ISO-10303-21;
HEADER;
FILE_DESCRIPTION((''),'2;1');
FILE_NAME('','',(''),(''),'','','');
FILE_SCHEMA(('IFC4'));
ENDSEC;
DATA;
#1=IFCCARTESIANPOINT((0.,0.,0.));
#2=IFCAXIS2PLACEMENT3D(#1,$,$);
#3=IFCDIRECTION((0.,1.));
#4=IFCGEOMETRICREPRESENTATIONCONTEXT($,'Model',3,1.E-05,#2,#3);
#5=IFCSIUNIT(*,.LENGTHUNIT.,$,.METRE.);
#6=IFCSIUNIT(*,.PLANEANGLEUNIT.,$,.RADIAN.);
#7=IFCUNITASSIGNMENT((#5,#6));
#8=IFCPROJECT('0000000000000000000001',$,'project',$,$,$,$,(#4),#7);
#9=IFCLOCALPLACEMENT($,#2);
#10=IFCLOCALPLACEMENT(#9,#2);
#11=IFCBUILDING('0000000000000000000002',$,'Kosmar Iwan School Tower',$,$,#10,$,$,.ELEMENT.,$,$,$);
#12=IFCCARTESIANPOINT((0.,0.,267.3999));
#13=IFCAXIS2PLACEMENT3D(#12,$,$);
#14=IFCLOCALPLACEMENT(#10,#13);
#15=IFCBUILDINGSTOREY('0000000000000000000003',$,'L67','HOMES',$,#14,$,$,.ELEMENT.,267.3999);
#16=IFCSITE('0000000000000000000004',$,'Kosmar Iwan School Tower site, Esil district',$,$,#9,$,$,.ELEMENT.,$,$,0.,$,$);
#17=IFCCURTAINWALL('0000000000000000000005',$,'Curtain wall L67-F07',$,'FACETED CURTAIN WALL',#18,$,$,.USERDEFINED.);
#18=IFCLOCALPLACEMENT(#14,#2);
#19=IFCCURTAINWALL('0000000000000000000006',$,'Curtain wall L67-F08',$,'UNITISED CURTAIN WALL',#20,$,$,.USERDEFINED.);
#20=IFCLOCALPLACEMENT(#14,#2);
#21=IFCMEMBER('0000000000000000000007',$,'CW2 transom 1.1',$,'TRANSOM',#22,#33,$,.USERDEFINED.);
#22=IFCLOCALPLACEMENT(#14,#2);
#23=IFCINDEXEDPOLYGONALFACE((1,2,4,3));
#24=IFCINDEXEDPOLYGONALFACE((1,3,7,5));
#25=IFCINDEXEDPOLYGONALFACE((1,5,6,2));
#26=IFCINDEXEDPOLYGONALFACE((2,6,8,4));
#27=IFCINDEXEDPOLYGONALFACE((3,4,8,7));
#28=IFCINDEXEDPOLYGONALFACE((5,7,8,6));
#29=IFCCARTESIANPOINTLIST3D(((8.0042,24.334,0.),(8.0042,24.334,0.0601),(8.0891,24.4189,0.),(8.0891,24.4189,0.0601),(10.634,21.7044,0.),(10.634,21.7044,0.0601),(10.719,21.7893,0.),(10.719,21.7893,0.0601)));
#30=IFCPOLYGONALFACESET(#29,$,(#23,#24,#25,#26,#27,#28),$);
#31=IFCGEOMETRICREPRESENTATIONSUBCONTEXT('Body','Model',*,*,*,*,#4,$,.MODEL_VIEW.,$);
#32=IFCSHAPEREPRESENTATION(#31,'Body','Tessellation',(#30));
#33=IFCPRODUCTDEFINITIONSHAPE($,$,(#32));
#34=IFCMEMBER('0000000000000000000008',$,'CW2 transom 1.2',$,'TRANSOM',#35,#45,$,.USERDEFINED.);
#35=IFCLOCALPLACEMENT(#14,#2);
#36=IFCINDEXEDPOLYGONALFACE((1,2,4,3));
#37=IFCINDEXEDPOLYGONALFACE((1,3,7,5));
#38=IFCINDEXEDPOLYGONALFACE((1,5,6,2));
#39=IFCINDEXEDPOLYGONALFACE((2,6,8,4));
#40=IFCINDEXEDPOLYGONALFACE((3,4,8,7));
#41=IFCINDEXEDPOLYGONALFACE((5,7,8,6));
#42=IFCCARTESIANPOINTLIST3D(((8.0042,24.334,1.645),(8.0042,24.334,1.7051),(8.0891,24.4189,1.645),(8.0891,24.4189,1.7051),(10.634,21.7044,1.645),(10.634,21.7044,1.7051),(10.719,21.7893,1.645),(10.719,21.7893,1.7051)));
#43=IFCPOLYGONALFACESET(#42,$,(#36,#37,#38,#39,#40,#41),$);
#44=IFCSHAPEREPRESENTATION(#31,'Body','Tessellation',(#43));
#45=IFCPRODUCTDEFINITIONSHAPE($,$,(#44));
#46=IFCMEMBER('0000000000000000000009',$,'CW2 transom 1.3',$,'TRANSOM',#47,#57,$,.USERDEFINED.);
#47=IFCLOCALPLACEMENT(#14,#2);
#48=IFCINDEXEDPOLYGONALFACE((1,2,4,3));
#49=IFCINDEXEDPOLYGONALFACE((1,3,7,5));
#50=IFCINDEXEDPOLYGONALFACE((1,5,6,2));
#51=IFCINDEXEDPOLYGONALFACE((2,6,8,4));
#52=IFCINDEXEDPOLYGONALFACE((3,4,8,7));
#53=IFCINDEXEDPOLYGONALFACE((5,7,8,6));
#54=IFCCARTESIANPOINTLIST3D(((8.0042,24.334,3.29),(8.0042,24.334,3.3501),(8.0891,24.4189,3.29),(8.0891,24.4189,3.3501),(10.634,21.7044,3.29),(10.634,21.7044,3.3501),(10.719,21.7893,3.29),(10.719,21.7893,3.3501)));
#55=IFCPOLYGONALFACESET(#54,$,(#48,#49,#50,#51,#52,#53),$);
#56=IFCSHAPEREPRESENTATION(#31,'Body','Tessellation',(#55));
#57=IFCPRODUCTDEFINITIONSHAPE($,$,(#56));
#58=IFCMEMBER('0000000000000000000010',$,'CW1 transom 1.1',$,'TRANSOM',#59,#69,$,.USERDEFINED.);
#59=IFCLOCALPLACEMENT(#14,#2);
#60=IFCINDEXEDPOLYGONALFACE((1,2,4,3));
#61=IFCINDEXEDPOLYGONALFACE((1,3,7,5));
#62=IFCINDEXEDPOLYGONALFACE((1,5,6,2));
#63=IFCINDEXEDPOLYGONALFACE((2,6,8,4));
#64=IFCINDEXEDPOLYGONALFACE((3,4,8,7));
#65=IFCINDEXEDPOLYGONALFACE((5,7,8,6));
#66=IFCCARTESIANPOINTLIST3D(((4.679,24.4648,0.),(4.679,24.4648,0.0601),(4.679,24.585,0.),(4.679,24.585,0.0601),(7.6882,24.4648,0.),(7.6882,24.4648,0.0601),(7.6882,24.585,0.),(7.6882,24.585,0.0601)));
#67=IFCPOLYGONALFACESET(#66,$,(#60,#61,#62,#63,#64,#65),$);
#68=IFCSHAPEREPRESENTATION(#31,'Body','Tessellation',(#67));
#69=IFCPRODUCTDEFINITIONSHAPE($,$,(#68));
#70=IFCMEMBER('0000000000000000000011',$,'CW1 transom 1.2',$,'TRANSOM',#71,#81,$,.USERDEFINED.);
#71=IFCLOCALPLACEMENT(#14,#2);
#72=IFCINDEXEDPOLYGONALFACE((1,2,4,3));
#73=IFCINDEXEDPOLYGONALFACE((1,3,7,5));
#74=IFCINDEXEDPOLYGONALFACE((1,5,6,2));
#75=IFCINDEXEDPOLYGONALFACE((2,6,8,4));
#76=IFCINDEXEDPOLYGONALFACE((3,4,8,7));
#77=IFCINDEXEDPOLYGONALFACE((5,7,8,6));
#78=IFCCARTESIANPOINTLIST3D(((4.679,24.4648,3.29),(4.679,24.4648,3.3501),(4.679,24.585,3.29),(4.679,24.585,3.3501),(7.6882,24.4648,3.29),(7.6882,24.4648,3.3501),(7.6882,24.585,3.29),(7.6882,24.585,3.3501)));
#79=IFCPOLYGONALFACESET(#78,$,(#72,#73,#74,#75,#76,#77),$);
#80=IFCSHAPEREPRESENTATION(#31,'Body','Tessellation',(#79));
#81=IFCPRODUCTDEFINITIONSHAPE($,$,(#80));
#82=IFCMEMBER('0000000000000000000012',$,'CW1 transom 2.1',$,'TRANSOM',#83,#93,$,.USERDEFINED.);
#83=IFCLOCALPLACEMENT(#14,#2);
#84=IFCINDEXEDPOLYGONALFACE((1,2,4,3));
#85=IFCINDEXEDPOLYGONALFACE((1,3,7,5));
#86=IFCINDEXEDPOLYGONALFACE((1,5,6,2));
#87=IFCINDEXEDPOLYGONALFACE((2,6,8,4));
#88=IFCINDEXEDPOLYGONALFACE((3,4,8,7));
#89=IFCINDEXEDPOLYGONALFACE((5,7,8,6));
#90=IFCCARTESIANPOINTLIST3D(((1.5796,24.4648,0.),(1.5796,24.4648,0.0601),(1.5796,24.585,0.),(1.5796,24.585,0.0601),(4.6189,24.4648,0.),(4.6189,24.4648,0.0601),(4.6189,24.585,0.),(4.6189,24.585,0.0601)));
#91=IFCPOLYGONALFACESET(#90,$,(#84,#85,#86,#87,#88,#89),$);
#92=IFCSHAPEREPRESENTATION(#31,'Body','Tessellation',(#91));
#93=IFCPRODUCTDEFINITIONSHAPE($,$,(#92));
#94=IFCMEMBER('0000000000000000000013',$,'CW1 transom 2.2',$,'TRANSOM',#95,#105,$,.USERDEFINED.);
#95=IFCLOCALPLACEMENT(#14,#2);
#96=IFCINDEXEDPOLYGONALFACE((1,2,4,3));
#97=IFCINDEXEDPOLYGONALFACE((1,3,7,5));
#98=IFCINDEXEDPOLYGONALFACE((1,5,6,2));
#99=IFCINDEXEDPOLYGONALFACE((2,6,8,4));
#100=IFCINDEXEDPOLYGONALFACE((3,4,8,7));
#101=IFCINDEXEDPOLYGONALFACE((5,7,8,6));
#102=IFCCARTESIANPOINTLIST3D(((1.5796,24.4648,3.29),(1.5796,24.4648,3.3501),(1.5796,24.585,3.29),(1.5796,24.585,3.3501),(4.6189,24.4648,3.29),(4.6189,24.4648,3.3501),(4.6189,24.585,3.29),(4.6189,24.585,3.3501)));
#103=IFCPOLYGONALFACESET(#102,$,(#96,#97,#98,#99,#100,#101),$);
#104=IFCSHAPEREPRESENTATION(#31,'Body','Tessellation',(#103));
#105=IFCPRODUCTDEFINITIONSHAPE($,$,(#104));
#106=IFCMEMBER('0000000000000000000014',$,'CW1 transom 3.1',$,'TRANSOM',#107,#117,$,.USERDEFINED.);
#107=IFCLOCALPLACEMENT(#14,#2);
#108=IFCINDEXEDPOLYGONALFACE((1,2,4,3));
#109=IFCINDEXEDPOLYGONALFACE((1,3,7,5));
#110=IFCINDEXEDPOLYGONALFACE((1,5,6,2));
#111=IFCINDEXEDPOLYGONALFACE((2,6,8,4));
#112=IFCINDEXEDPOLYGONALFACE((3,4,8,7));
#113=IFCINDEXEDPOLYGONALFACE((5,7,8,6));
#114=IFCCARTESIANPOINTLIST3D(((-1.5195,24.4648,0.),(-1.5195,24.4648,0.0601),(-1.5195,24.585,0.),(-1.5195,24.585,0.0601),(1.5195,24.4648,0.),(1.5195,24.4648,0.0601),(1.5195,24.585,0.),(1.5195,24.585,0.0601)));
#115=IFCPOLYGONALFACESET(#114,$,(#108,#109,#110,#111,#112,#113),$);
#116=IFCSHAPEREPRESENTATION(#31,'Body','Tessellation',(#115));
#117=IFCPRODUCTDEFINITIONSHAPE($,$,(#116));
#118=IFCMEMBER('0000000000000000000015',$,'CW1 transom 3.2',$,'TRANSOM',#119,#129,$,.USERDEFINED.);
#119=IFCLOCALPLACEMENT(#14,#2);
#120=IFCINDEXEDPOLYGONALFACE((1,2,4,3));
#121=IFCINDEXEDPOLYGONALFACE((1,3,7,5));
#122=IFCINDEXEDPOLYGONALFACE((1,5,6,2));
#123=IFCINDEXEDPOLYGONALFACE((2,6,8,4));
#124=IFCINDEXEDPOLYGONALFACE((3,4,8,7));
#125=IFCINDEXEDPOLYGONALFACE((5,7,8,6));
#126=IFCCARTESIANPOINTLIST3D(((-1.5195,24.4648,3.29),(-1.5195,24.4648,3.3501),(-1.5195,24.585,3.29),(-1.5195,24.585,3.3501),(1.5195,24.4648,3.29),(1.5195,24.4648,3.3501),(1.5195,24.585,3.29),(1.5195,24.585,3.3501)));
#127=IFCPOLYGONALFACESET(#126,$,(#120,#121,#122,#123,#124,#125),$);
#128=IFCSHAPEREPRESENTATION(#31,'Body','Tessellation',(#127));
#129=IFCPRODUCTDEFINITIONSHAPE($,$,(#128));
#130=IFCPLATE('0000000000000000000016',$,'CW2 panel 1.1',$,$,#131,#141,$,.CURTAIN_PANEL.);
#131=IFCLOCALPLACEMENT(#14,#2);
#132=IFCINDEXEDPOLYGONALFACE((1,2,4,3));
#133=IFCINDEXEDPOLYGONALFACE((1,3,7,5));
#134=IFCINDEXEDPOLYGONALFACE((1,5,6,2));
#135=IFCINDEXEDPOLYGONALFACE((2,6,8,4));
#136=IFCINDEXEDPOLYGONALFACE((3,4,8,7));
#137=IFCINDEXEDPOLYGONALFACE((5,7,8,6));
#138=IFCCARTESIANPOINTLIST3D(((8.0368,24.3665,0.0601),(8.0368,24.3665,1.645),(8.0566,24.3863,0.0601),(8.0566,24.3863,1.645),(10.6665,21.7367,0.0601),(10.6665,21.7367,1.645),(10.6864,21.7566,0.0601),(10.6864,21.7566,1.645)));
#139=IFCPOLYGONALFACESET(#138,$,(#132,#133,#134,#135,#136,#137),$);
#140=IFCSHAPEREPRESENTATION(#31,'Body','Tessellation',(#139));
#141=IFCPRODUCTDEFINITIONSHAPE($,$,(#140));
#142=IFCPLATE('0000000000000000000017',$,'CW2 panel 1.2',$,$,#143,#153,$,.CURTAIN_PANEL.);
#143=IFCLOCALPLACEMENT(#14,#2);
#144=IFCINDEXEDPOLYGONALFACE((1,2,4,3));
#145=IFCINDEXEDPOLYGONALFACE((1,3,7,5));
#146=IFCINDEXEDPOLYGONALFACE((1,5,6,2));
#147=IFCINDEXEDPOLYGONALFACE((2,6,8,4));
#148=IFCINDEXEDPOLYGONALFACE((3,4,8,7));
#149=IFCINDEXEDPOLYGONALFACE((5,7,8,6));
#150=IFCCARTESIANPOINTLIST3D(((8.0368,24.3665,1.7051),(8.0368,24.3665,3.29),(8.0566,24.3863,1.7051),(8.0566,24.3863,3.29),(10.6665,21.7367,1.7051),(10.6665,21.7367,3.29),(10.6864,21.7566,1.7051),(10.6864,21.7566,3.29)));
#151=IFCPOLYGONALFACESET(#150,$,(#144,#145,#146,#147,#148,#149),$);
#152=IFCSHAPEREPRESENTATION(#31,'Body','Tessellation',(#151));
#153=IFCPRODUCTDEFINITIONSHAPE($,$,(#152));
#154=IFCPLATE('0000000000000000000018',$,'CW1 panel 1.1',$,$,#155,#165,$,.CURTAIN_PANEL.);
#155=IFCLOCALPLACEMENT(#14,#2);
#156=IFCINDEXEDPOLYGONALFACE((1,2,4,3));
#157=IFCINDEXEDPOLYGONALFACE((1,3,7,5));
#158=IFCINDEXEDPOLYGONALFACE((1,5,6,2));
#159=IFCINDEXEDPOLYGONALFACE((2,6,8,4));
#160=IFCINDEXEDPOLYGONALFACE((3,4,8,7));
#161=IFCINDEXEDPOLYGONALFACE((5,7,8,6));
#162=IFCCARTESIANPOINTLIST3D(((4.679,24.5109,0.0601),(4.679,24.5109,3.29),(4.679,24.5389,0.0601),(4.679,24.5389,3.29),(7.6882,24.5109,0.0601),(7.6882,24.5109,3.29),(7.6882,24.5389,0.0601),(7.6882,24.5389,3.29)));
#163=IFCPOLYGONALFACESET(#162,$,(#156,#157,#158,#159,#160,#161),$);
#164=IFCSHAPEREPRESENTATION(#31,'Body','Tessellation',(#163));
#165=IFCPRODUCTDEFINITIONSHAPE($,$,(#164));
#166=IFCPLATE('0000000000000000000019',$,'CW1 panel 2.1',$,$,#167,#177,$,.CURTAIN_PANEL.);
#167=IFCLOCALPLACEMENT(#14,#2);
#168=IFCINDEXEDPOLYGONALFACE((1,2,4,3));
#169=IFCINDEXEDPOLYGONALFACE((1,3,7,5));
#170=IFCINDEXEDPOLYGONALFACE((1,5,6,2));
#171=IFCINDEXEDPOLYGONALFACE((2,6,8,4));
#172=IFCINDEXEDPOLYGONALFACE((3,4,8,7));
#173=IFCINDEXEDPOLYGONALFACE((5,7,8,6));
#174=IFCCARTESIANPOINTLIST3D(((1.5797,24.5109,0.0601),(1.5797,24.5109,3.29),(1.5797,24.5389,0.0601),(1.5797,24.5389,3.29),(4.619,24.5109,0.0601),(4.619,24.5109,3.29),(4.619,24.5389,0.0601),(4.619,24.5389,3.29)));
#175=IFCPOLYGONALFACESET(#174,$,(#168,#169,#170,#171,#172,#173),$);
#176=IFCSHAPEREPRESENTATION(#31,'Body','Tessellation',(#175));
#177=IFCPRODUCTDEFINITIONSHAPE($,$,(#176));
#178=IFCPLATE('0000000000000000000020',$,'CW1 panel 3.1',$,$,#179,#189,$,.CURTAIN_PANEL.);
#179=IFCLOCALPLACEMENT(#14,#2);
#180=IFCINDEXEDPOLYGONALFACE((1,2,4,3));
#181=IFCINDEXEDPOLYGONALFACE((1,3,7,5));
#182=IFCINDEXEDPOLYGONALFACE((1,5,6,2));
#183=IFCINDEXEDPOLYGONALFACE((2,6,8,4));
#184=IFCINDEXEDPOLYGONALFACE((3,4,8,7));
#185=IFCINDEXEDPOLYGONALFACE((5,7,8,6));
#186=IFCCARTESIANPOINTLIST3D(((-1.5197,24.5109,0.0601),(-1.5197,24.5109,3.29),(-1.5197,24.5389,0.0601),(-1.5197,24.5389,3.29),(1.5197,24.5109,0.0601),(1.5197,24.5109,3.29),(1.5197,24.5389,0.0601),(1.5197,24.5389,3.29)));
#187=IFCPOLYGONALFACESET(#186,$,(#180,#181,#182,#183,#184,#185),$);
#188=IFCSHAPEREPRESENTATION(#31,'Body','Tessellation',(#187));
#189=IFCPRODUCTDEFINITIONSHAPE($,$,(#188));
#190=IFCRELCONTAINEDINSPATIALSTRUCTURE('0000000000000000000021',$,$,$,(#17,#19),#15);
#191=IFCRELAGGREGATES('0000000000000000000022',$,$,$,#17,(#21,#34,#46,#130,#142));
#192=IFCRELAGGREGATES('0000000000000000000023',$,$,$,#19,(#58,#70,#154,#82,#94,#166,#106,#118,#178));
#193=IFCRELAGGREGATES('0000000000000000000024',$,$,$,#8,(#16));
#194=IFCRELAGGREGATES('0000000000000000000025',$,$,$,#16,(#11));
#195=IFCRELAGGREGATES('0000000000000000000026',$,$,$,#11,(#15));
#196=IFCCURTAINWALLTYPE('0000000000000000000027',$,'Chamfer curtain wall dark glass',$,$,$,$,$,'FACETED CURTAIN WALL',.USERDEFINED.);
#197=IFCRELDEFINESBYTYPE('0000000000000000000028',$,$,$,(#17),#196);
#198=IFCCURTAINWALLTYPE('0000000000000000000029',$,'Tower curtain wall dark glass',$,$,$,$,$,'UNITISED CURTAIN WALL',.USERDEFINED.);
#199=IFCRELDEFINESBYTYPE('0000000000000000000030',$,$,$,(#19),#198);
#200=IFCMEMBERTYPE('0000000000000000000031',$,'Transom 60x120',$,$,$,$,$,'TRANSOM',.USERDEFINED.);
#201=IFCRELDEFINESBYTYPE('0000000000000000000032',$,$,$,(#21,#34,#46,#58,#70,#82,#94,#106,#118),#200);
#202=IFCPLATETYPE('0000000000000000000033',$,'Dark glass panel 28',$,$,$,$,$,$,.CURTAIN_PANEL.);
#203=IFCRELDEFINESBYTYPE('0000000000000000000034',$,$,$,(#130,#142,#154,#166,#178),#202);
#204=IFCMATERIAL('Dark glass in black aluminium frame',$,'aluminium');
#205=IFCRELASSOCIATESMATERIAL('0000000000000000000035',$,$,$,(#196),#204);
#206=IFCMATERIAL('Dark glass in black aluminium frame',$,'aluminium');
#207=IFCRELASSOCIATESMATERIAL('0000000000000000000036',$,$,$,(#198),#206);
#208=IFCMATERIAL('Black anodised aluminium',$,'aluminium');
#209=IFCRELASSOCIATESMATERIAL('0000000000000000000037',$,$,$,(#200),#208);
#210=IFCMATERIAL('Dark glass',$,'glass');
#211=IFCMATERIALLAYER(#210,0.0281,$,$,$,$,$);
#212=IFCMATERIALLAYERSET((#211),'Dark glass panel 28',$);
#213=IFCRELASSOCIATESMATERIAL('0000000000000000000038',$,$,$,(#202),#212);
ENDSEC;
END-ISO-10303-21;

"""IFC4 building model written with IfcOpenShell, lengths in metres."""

from ifc_helpers import new_model, si_unit, direction, frame, origin, origin_2d, place, context, subcontext, project, spatial, rectangle, extrude, material, layer, layer_set, material_profile, profile_set, type_object, element, aggregate, save


model = new_model("IFC4")

# Units and contexts
model_context = context("Model", 3, precision=1e-05, world=origin(), true_north=direction((0.0, 1.0)))
body_context = subcontext(model_context, "Body", "Model", "MODEL_VIEW")
ifc_project = project(units=[si_unit("LENGTHUNIT", "METRE"), si_unit("PLANEANGLEUNIT", "RADIAN")], contexts=[model_context])

# Site, building, storey
site_placement = place(None, origin())
site = spatial("IfcSite", under=ifc_project, at=site_placement, Name="Kosmar Iwan School Tower site, Esil district", CompositionType="ELEMENT", RefElevation=0.0)
building_placement = place(site_placement, origin())
building = spatial("IfcBuilding", under=site, at=building_placement, Name="Kosmar Iwan School Tower", CompositionType="ELEMENT")
storey_placement = place(building_placement, frame((0.0, 0.0, 267.3999)))
storey = spatial("IfcBuildingStorey", under=building, at=storey_placement, Name="L67", Description="HOMES", CompositionType="ELEMENT", Elevation=267.3999)

# Curtain walls
ifc_material_1 = material(Name="Dark glass in black aluminium frame", Category="aluminium")
curtain_wall_type_1 = type_object("IfcCurtainWallType", Name="Chamfer curtain wall dark glass", ElementType="FACETED CURTAIN WALL", PredefinedType="USERDEFINED", material=ifc_material_1)
curtain_wall_1_placement = place(storey_placement, origin())
curtain_wall_1 = element("IfcCurtainWall", 1, at=curtain_wall_1_placement, inside=storey, type_object=curtain_wall_type_1, Name="Curtain wall L67-F07", ObjectType="FACETED CURTAIN WALL", PredefinedType="USERDEFINED")
ifc_material_2 = material(Name="Dark glass in black aluminium frame", Category="aluminium")
curtain_wall_type_2 = type_object("IfcCurtainWallType", Name="Tower curtain wall dark glass", ElementType="UNITISED CURTAIN WALL", PredefinedType="USERDEFINED", material=ifc_material_2)
curtain_wall_2_placement = place(storey_placement, origin())
curtain_wall_2 = element("IfcCurtainWall", 2, at=curtain_wall_2_placement, inside=storey, type_object=curtain_wall_type_2, Name="Curtain wall L67-F08", ObjectType="UNITISED CURTAIN WALL", PredefinedType="USERDEFINED")

# Members
ifc_material_3 = material(Name="Black anodised aluminium", Category="aluminium")
ifc_material_profile_1 = material_profile(ifc_material_3, rectangle(XDim=0.1201, YDim=0.0601, at=origin_2d()), Name="TRANSOM 60x120")
ifc_profile_set_1 = profile_set([ifc_material_profile_1], Name="Black anodised aluminium")
member_type_1 = type_object("IfcMemberType", Name="Transom 60x120", ElementType="TRANSOM", PredefinedType="USERDEFINED", material=ifc_profile_set_1)
member_1_placement = place(storey_placement, frame((10.6765, 21.7468, 0.03), z_axis=(-0.70714, 0.707074, 0.0), x_axis=(-0.707074, -0.70714, 0.0)))
member_1 = element("IfcMember", 3, at=member_1_placement, type_object=member_type_1, Name="CW2 transom 1.1", ObjectType="TRANSOM", PredefinedType="USERDEFINED", context=body_context, shape_type="SweptSolid", body=[
    extrude(rectangle(XDim=0.1201, YDim=0.0601, at=origin_2d()), origin(), (0.0, 0.0, 1.0), 3.719),
])
member_2_placement = place(storey_placement, frame((10.6765, 21.7468, 1.675), z_axis=(-0.70714, 0.707074, 0.0), x_axis=(-0.707074, -0.70714, 0.0)))
member_2 = element("IfcMember", 4, at=member_2_placement, type_object=member_type_1, Name="CW2 transom 1.2", ObjectType="TRANSOM", PredefinedType="USERDEFINED", context=body_context, shape_type="SweptSolid", body=[
    extrude(rectangle(XDim=0.1201, YDim=0.0601, at=origin_2d()), origin(), (0.0, 0.0, 1.0), 3.719),
])
member_3_placement = place(storey_placement, frame((10.6765, 21.7468, 3.3201), z_axis=(-0.70714, 0.707074, 0.0), x_axis=(-0.707074, -0.70714, 0.0)))
member_3 = element("IfcMember", 5, at=member_3_placement, type_object=member_type_1, Name="CW2 transom 1.3", ObjectType="TRANSOM", PredefinedType="USERDEFINED", context=body_context, shape_type="SweptSolid", body=[
    extrude(rectangle(XDim=0.1201, YDim=0.0601, at=origin_2d()), origin(), (0.0, 0.0, 1.0), 3.719),
])
member_4_placement = place(storey_placement, frame((7.6882, 24.5249, 0.03), z_axis=(-1.0, 0.0, 0.0), x_axis=(0.0, -1.0, 0.0)))
member_4 = element("IfcMember", 6, at=member_4_placement, type_object=member_type_1, Name="CW1 transom 1.1", ObjectType="TRANSOM", PredefinedType="USERDEFINED", context=body_context, shape_type="SweptSolid", body=[
    extrude(rectangle(XDim=0.1201, YDim=0.0601, at=origin_2d()), origin(), (0.0, 0.0, 1.0), 3.0093),
])
member_5_placement = place(storey_placement, frame((7.6882, 24.5249, 3.3201), z_axis=(-1.0, 0.0, 0.0), x_axis=(0.0, -1.0, 0.0)))
member_5 = element("IfcMember", 7, at=member_5_placement, type_object=member_type_1, Name="CW1 transom 1.2", ObjectType="TRANSOM", PredefinedType="USERDEFINED", context=body_context, shape_type="SweptSolid", body=[
    extrude(rectangle(XDim=0.1201, YDim=0.0601, at=origin_2d()), origin(), (0.0, 0.0, 1.0), 3.0093),
])
member_6_placement = place(storey_placement, frame((4.6189, 24.5249, 0.03), z_axis=(-1.0, 0.0, 0.0), x_axis=(0.0, -1.0, 0.0)))
member_6 = element("IfcMember", 8, at=member_6_placement, type_object=member_type_1, Name="CW1 transom 2.1", ObjectType="TRANSOM", PredefinedType="USERDEFINED", context=body_context, shape_type="SweptSolid", body=[
    extrude(rectangle(XDim=0.1201, YDim=0.0601, at=origin_2d()), origin(), (0.0, 0.0, 1.0), 3.0393),
])
member_7_placement = place(storey_placement, frame((4.6189, 24.5249, 3.3201), z_axis=(-1.0, 0.0, 0.0), x_axis=(0.0, -1.0, 0.0)))
member_7 = element("IfcMember", 9, at=member_7_placement, type_object=member_type_1, Name="CW1 transom 2.2", ObjectType="TRANSOM", PredefinedType="USERDEFINED", context=body_context, shape_type="SweptSolid", body=[
    extrude(rectangle(XDim=0.1201, YDim=0.0601, at=origin_2d()), origin(), (0.0, 0.0, 1.0), 3.0393),
])
member_8_placement = place(storey_placement, frame((1.5195, 24.5249, 0.03), z_axis=(-1.0, 0.0, 0.0), x_axis=(0.0, -1.0, 0.0)))
member_8 = element("IfcMember", 10, at=member_8_placement, type_object=member_type_1, Name="CW1 transom 3.1", ObjectType="TRANSOM", PredefinedType="USERDEFINED", context=body_context, shape_type="SweptSolid", body=[
    extrude(rectangle(XDim=0.1201, YDim=0.0601, at=origin_2d()), origin(), (0.0, 0.0, 1.0), 3.0391),
])
member_9_placement = place(storey_placement, frame((1.5195, 24.5249, 3.3201), z_axis=(-1.0, 0.0, 0.0), x_axis=(0.0, -1.0, 0.0)))
member_9 = element("IfcMember", 11, at=member_9_placement, type_object=member_type_1, Name="CW1 transom 3.2", ObjectType="TRANSOM", PredefinedType="USERDEFINED", context=body_context, shape_type="SweptSolid", body=[
    extrude(rectangle(XDim=0.1201, YDim=0.0601, at=origin_2d()), origin(), (0.0, 0.0, 1.0), 3.0391),
])

# Plates
ifc_material_4 = material(Name="Dark glass", Category="glass")
ifc_layer_1 = layer(ifc_material_4, 0.0281)
ifc_layer_set_1 = layer_set([ifc_layer_1], Name="Dark glass panel 28")
plate_type = type_object("IfcPlateType", Name="Dark glass panel 28", PredefinedType="CURTAIN_PANEL", material=ifc_layer_set_1)
plate_1_placement = place(storey_placement, frame((9.3616, 23.0615, 0.0601), z_axis=(0.0, 0.0, 1.0), x_axis=(-0.707107, 0.707107, 0.0)))
plate_1 = element("IfcPlate", 12, at=plate_1_placement, type_object=plate_type, Name="CW2 panel 1.1", PredefinedType="CURTAIN_PANEL", context=body_context, shape_type="SweptSolid", body=[
    extrude(rectangle(XDim=3.719, YDim=0.0281, at=origin_2d()), origin(), (0.0, 0.0, 1.0), 1.585),
])
plate_2_placement = place(storey_placement, frame((9.3616, 23.0615, 1.7051), z_axis=(0.0, 0.0, 1.0), x_axis=(-0.707107, 0.707107, 0.0)))
plate_2 = element("IfcPlate", 13, at=plate_2_placement, type_object=plate_type, Name="CW2 panel 1.2", PredefinedType="CURTAIN_PANEL", context=body_context, shape_type="SweptSolid", body=[
    extrude(rectangle(XDim=3.719, YDim=0.0281, at=origin_2d()), origin(), (0.0, 0.0, 1.0), 1.585),
])
aggregate(curtain_wall_1, [member_1, member_2, member_3, plate_1, plate_2])
plate_3_placement = place(storey_placement, frame((6.1836, 24.5249, 0.0601), z_axis=(0.0, 0.0, 1.0), x_axis=(-1.0, 0.0, 0.0)))
plate_3 = element("IfcPlate", 14, at=plate_3_placement, type_object=plate_type, Name="CW1 panel 1.1", PredefinedType="CURTAIN_PANEL", context=body_context, shape_type="SweptSolid", body=[
    extrude(rectangle(XDim=3.0093, YDim=0.0281, at=origin_2d()), origin(), (0.0, 0.0, 1.0), 3.23),
])
plate_4_placement = place(storey_placement, frame((3.0994, 24.5249, 0.0601), z_axis=(0.0, 0.0, 1.0), x_axis=(-1.0, 0.0, 0.0)))
plate_4 = element("IfcPlate", 15, at=plate_4_placement, type_object=plate_type, Name="CW1 panel 2.1", PredefinedType="CURTAIN_PANEL", context=body_context, shape_type="SweptSolid", body=[
    extrude(rectangle(XDim=3.0393, YDim=0.0281, at=origin_2d()), origin(), (0.0, 0.0, 1.0), 3.23),
])
plate_5_placement = place(storey_placement, frame((0.0, 24.5249, 0.0601), z_axis=(0.0, 0.0, 1.0), x_axis=(-1.0, 0.0, 0.0)))
plate_5 = element("IfcPlate", 16, at=plate_5_placement, type_object=plate_type, Name="CW1 panel 3.1", PredefinedType="CURTAIN_PANEL", context=body_context, shape_type="SweptSolid", body=[
    extrude(rectangle(XDim=3.0393, YDim=0.0281, at=origin_2d()), origin(), (0.0, 0.0, 1.0), 3.23),
])
aggregate(curtain_wall_2, [member_4, member_5, plate_3, member_6, member_7, plate_4, member_8, member_9, plate_5])

save(model, "model.ifc")
